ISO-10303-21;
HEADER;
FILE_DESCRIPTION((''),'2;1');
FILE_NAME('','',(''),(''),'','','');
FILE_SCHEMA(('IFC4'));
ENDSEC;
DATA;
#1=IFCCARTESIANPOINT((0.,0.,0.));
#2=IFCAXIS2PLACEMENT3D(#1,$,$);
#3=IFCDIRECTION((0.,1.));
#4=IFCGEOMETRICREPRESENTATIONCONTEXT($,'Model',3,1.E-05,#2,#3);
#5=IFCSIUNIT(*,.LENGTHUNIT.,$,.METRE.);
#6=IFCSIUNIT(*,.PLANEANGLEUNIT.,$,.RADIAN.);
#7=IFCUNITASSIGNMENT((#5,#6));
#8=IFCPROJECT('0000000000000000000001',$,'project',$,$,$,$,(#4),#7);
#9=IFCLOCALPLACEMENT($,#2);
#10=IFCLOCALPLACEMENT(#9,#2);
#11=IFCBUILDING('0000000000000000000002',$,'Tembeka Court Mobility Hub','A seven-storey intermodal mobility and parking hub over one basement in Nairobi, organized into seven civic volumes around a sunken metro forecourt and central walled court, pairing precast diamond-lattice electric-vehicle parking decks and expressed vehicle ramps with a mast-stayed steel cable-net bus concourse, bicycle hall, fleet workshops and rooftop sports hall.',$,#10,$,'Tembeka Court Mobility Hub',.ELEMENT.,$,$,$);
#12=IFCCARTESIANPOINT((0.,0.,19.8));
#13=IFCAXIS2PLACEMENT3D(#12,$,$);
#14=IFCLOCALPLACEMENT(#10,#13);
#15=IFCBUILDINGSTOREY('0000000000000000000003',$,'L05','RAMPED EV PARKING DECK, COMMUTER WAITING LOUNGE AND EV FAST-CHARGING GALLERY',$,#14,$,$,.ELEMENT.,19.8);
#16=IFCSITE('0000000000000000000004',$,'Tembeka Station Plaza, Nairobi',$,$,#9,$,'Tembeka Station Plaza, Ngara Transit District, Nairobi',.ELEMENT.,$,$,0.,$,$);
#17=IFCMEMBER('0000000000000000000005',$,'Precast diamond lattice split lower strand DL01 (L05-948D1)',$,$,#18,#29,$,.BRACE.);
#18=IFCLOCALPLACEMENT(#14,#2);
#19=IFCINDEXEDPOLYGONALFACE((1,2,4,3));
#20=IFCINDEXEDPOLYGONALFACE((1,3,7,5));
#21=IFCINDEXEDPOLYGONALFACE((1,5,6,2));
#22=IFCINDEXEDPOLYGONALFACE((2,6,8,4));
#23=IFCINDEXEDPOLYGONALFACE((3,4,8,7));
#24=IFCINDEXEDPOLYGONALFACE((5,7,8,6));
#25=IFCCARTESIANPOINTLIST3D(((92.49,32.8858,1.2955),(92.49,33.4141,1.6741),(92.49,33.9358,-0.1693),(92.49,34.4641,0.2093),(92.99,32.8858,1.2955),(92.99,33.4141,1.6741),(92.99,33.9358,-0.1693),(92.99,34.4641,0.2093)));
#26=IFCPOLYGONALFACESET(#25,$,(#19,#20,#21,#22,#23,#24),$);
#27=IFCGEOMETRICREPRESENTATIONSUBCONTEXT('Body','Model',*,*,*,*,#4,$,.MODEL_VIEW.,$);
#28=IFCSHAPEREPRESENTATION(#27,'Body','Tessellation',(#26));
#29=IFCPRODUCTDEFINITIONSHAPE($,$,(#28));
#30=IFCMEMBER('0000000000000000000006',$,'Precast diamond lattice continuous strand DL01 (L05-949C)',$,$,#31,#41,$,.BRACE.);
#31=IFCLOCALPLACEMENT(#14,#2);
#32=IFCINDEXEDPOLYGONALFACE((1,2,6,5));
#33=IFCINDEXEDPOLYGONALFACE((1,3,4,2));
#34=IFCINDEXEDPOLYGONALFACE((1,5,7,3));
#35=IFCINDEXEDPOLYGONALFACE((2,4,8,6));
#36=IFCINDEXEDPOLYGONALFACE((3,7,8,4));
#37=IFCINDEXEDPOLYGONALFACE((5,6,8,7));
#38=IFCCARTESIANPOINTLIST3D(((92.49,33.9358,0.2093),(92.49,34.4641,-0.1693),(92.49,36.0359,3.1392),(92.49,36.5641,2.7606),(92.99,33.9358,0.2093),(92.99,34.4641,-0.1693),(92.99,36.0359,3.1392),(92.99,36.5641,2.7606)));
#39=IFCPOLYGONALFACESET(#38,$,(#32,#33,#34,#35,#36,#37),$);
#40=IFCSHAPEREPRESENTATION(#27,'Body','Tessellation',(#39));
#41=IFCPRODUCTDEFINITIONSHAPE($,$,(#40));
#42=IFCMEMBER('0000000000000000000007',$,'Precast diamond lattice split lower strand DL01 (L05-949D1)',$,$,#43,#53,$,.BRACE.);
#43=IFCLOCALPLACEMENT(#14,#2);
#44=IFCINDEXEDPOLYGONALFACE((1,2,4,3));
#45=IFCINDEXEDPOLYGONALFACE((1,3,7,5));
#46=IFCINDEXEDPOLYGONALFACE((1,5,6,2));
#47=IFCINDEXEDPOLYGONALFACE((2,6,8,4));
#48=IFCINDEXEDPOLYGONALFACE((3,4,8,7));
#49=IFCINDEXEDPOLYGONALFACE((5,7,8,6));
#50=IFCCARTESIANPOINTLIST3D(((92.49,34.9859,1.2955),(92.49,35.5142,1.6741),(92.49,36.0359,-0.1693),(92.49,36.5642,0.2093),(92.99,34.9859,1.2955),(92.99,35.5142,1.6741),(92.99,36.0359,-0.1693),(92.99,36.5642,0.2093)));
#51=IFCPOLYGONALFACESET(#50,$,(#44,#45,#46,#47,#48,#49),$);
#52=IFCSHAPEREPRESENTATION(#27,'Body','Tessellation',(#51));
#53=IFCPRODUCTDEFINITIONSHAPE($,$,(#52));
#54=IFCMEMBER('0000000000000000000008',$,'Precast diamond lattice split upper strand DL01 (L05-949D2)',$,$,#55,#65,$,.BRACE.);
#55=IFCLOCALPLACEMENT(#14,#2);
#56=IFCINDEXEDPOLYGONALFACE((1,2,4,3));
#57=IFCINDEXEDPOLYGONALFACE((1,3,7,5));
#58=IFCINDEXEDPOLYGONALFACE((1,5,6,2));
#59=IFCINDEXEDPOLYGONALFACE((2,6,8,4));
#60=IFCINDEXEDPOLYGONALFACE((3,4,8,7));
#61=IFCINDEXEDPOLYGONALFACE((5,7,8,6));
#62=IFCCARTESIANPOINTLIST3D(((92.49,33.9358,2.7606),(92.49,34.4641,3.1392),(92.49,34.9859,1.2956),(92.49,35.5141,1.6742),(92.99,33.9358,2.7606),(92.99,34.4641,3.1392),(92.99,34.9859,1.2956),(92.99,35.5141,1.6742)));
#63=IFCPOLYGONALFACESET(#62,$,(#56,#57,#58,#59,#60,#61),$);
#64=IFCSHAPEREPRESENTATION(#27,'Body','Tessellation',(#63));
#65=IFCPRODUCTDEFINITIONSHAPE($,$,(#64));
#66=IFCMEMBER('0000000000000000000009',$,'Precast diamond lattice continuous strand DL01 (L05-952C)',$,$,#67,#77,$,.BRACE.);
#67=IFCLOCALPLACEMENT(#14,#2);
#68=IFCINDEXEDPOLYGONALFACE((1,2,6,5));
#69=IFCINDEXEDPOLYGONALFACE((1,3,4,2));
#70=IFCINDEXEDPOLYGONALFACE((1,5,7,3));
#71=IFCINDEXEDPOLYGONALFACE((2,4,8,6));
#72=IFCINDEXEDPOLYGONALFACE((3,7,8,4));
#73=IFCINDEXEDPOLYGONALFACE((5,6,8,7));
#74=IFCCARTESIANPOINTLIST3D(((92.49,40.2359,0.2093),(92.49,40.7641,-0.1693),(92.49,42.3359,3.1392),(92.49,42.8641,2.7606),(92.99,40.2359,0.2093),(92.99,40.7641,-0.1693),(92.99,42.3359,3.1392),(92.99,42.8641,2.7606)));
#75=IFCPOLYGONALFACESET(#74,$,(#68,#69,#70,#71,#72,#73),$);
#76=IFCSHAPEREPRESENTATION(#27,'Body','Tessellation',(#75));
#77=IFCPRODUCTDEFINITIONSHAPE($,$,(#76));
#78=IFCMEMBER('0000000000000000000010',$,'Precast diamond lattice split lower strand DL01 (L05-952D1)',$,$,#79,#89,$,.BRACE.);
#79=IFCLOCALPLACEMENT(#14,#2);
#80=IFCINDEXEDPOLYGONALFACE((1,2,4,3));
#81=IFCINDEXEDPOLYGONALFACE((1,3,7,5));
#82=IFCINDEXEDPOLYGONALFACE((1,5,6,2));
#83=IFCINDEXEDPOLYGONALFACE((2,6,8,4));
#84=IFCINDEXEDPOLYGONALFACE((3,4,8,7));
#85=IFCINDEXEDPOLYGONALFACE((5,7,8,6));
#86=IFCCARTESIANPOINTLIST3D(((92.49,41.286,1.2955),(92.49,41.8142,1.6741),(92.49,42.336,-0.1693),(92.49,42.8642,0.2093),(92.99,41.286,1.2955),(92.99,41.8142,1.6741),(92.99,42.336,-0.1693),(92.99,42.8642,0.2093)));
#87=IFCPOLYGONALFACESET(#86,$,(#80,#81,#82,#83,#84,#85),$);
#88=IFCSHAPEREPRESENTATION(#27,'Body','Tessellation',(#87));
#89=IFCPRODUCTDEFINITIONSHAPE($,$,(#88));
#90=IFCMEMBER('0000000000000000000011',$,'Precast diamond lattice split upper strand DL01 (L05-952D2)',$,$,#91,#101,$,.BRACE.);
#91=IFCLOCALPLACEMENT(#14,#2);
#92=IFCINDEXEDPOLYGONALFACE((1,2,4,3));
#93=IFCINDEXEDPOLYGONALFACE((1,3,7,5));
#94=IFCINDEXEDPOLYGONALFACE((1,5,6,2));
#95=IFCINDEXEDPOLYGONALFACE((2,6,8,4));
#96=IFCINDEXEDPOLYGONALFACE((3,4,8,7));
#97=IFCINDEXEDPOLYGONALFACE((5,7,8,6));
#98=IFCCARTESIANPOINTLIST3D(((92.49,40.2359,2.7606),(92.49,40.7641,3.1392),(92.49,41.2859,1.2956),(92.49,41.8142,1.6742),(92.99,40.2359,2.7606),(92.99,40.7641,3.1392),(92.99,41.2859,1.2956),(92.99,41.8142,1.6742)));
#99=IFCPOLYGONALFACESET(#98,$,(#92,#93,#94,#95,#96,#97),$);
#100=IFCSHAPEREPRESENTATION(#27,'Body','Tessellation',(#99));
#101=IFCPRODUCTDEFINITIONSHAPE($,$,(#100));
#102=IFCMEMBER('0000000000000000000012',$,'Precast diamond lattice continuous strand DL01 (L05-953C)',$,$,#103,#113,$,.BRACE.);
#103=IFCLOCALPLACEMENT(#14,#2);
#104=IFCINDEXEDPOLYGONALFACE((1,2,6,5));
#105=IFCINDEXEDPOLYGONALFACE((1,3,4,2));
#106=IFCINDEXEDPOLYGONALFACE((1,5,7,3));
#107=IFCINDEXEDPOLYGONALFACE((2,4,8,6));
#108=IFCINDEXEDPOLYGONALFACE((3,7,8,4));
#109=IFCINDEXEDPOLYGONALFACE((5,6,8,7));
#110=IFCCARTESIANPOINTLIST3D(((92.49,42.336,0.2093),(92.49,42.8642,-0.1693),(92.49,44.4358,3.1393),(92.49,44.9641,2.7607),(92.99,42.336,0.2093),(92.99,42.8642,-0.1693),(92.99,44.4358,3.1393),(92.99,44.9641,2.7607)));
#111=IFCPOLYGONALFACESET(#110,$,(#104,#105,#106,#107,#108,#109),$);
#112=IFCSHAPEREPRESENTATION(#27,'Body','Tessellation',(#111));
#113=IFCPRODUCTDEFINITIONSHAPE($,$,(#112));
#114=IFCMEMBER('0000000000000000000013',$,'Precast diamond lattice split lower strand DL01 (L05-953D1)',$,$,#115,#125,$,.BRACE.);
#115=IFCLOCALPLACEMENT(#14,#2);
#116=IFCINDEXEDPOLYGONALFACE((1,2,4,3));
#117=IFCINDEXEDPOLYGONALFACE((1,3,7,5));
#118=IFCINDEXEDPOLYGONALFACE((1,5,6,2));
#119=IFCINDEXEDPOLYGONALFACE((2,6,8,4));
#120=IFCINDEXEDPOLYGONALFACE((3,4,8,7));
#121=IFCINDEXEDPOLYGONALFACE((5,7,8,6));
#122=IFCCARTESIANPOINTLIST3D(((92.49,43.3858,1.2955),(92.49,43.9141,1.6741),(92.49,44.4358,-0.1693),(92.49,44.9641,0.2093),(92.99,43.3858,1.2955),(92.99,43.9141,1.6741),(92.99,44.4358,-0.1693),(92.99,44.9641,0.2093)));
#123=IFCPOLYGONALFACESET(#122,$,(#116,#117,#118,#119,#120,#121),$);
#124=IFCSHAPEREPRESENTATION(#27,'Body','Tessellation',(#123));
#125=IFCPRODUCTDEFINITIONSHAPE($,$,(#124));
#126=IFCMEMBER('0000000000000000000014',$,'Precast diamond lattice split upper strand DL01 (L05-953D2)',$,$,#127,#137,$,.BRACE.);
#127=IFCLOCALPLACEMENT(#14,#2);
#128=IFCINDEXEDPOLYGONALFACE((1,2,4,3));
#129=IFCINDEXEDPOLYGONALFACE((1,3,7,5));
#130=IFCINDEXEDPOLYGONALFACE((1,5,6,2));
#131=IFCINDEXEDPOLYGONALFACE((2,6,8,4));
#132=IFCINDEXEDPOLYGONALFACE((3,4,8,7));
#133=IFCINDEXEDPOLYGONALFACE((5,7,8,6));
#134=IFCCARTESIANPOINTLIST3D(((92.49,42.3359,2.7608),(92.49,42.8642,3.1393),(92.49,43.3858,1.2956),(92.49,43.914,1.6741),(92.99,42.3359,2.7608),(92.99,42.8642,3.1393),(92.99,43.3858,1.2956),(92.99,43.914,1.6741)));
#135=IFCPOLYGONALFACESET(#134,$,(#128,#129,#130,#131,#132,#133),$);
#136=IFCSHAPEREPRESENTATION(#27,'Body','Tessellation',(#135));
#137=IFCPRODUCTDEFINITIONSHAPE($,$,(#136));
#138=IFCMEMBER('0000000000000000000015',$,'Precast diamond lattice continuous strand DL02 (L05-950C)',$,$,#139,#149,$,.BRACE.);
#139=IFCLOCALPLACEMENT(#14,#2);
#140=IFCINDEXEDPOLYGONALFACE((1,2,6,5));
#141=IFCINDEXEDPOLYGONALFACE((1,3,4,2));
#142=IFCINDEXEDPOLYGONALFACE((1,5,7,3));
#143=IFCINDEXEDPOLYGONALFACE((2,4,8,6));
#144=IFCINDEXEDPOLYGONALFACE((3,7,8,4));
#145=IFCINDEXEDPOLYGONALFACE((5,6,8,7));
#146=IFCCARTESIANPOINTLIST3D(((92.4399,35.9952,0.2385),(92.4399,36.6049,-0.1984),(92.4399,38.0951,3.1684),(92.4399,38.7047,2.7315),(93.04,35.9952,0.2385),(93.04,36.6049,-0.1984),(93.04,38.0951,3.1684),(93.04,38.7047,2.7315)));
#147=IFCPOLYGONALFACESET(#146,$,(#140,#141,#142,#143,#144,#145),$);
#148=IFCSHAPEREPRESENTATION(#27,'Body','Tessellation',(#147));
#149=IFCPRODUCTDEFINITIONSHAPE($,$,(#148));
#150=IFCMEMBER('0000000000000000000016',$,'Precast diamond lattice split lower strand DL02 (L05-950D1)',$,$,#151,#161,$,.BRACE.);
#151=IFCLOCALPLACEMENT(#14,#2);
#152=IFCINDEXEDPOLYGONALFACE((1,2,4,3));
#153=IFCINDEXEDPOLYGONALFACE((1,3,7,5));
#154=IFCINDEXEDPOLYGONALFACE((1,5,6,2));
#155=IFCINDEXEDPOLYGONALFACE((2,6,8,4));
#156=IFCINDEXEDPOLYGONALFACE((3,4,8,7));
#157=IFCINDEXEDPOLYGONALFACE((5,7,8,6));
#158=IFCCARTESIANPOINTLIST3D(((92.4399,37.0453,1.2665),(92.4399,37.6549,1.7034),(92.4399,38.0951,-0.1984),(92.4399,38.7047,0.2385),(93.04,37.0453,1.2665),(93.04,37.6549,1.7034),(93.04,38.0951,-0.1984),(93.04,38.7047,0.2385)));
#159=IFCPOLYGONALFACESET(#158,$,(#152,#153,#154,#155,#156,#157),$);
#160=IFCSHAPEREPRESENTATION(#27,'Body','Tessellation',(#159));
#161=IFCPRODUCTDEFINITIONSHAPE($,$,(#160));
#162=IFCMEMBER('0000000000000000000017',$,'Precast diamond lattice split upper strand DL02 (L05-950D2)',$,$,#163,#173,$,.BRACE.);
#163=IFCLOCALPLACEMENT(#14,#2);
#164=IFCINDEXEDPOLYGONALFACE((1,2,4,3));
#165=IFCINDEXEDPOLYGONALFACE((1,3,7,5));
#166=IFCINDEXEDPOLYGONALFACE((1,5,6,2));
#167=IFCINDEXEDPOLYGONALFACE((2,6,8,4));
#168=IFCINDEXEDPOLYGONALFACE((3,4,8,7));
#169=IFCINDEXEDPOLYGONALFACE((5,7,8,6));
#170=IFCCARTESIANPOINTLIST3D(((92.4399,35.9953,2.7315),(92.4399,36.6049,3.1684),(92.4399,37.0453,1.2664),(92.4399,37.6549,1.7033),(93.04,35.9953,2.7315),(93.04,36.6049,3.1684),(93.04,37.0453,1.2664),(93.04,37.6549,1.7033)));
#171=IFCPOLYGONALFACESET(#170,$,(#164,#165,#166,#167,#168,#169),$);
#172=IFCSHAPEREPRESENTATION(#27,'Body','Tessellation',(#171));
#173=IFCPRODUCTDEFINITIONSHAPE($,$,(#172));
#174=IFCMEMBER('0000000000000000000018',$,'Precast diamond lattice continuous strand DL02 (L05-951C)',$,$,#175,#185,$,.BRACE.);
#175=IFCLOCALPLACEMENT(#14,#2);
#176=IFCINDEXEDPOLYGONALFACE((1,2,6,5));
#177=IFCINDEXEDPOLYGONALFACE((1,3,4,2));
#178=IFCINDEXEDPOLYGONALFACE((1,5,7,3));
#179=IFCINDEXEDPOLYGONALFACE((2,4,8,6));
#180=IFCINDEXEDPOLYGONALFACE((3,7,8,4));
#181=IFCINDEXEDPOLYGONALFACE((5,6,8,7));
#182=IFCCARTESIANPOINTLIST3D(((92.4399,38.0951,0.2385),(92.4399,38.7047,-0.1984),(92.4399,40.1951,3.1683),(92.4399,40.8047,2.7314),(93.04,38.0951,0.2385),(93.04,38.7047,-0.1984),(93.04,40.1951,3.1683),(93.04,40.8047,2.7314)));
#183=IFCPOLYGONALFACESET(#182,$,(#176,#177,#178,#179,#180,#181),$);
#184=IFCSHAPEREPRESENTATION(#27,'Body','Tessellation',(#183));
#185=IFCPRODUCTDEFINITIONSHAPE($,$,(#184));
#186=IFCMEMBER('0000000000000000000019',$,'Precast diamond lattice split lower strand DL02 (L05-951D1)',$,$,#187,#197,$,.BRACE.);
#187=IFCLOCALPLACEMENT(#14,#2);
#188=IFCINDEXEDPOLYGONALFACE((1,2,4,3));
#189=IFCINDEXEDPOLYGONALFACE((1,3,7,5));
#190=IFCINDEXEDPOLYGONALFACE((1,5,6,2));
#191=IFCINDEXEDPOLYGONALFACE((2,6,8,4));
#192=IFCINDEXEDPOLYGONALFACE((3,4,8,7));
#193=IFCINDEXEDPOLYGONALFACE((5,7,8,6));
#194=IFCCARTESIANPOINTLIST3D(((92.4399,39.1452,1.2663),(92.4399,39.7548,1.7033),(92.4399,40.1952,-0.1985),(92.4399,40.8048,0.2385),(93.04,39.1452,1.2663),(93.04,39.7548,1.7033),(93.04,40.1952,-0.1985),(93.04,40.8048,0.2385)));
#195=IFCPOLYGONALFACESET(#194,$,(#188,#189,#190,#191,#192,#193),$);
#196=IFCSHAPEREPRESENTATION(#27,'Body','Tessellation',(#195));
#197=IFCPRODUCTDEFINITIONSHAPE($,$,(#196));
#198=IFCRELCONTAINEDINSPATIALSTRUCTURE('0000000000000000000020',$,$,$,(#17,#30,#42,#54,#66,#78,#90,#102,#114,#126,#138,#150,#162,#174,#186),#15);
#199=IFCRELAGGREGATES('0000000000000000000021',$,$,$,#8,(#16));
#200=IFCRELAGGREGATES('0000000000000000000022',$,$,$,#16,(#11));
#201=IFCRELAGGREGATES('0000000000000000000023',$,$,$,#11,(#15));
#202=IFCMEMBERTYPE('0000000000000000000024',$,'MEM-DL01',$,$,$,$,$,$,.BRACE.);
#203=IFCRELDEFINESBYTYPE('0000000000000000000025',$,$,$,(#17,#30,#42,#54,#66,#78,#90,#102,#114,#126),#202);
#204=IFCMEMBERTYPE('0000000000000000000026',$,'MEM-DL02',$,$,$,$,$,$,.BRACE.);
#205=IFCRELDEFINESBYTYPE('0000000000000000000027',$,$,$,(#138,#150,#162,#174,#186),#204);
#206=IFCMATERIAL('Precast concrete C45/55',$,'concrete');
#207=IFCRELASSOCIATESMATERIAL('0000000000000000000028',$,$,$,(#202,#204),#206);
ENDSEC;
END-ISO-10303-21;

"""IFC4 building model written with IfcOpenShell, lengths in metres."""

from ifc_helpers import new_model, si_unit, direction, frame, origin, origin_2d, place, context, subcontext, project, spatial, rectangle, extrude, material, material_profile, profile_set, type_object, element, save


model = new_model("IFC4")

# Units and contexts
model_context = context("Model", 3, precision=1e-05, world=origin(), true_north=direction((0.0, 1.0)))
body_context = subcontext(model_context, "Body", "Model", "MODEL_VIEW")
ifc_project = project(units=[si_unit("LENGTHUNIT", "METRE"), si_unit("PLANEANGLEUNIT", "RADIAN")], contexts=[model_context])

# Site, building, storey
site_placement = place(None, origin())
site = spatial("IfcSite", under=ifc_project, at=site_placement, Name="Tembeka Station Plaza, Nairobi", LongName="Tembeka Station Plaza, Ngara Transit District, Nairobi", CompositionType="ELEMENT", RefElevation=0.0)
building_placement = place(site_placement, origin())
building = spatial("IfcBuilding", under=site, at=building_placement, Name="Tembeka Court Mobility Hub", Description="A seven-storey intermodal mobility and parking hub over one basement in Nairobi, organized into seven civic volumes around a sunken metro forecourt and central walled court, pairing precast diamond-lattice electric-vehicle parking decks and expressed vehicle ramps with a mast-stayed steel cable-net bus concourse, bicycle hall, fleet workshops and rooftop sports hall.", LongName="Tembeka Court Mobility Hub", CompositionType="ELEMENT")
storey_placement = place(building_placement, frame((0.0, 0.0, 19.8)))
storey = spatial("IfcBuildingStorey", under=building, at=storey_placement, Name="L05", Description="RAMPED EV PARKING DECK, COMMUTER WAITING LOUNGE AND EV FAST-CHARGING GALLERY", CompositionType="ELEMENT", Elevation=19.8)

# Members
ifc_material_1 = material(Name="Precast concrete C45/55", Category="concrete")
ifc_material_profile_1 = material_profile(ifc_material_1, rectangle(XDim=0.5, YDim=0.6499, at=origin_2d()), Name="PC-DIAG 500x650")
ifc_profile_set_1 = profile_set([ifc_material_profile_1], Name="Precast concrete C45/55")
member_type_1 = type_object("IfcMemberType", Name="MEM-DL01", PredefinedType="BRACE", material=ifc_profile_set_1)
member_1_placement = place(storey_placement, frame((92.74, 34.2, 0.02), z_axis=(0.0, -0.582608, 0.812753), x_axis=(1.0, 0.0, 0.0)))
element("IfcMember", 1, at=member_1_placement, inside=storey, type_object=member_type_1, Name="Precast diamond lattice split lower strand DL01 (L05-948D1)", PredefinedType="BRACE", context=body_context, shape_type="SweptSolid", body=[
    extrude(rectangle(XDim=0.5, YDim=0.6499, at=origin_2d()), origin(), (0.0, 0.0, 1.0), 1.8022),
])
member_2_placement = place(storey_placement, frame((92.74, 34.2, 0.02), z_axis=(0.0, 0.582576, 0.812776), x_axis=(-1.0, 0.0, 0.0)))
element("IfcMember", 2, at=member_2_placement, inside=storey, type_object=member_type_1, Name="Precast diamond lattice continuous strand DL01 (L05-949C)", PredefinedType="BRACE", context=body_context, shape_type="SweptSolid", body=[
    extrude(rectangle(XDim=0.5, YDim=0.6499, at=origin_2d()), origin(), (0.0, 0.0, 1.0), 3.6047),
])
member_3_placement = place(storey_placement, frame((92.74, 36.3, 0.02), z_axis=(0.0, -0.582608, 0.812753), x_axis=(1.0, 0.0, 0.0)))
element("IfcMember", 3, at=member_3_placement, inside=storey, type_object=member_type_1, Name="Precast diamond lattice split lower strand DL01 (L05-949D1)", PredefinedType="BRACE", context=body_context, shape_type="SweptSolid", body=[
    extrude(rectangle(XDim=0.5, YDim=0.6499, at=origin_2d()), origin(), (0.0, 0.0, 1.0), 1.8022),
])
member_4_placement = place(storey_placement, frame((92.74, 35.25, 1.4849), z_axis=(0.0, -0.582544, 0.812799), x_axis=(1.0, 0.0, 0.0)))
element("IfcMember", 4, at=member_4_placement, inside=storey, type_object=member_type_1, Name="Precast diamond lattice split upper strand DL01 (L05-949D2)", PredefinedType="BRACE", context=body_context, shape_type="SweptSolid", body=[
    extrude(rectangle(XDim=0.5, YDim=0.6499, at=origin_2d()), origin(), (0.0, 0.0, 1.0), 1.8025),
])
member_5_placement = place(storey_placement, frame((92.74, 40.5, 0.02), z_axis=(0.0, 0.582576, 0.812776), x_axis=(-1.0, 0.0, 0.0)))
element("IfcMember", 5, at=member_5_placement, inside=storey, type_object=member_type_1, Name="Precast diamond lattice continuous strand DL01 (L05-952C)", PredefinedType="BRACE", context=body_context, shape_type="SweptSolid", body=[
    extrude(rectangle(XDim=0.5, YDim=0.6499, at=origin_2d()), origin(), (0.0, 0.0, 1.0), 3.6047),
])
member_6_placement = place(storey_placement, frame((92.74, 42.6001, 0.02), z_axis=(0.0, -0.582608, 0.812753), x_axis=(1.0, 0.0, 0.0)))
element("IfcMember", 6, at=member_6_placement, inside=storey, type_object=member_type_1, Name="Precast diamond lattice split lower strand DL01 (L05-952D1)", PredefinedType="BRACE", context=body_context, shape_type="SweptSolid", body=[
    extrude(rectangle(XDim=0.5, YDim=0.6499, at=origin_2d()), origin(), (0.0, 0.0, 1.0), 1.8022),
])
member_7_placement = place(storey_placement, frame((92.74, 41.55, 1.4849), z_axis=(0.0, -0.582544, 0.812799), x_axis=(1.0, 0.0, 0.0)))
element("IfcMember", 7, at=member_7_placement, inside=storey, type_object=member_type_1, Name="Precast diamond lattice split upper strand DL01 (L05-952D2)", PredefinedType="BRACE", context=body_context, shape_type="SweptSolid", body=[
    extrude(rectangle(XDim=0.5, YDim=0.6499, at=origin_2d()), origin(), (0.0, 0.0, 1.0), 1.8025),
])
member_8_placement = place(storey_placement, frame((92.74, 42.6001, 0.02), z_axis=(0.0, 0.582532, 0.812808), x_axis=(-1.0, 0.0, 0.0)))
element("IfcMember", 8, at=member_8_placement, inside=storey, type_object=member_type_1, Name="Precast diamond lattice continuous strand DL01 (L05-953C)", PredefinedType="BRACE", context=body_context, shape_type="SweptSolid", body=[
    extrude(rectangle(XDim=0.5, YDim=0.6499, at=origin_2d()), origin(), (0.0, 0.0, 1.0), 3.6047),
])
member_9_placement = place(storey_placement, frame((92.74, 44.7, 0.02), z_axis=(0.0, -0.582608, 0.812753), x_axis=(1.0, 0.0, 0.0)))
element("IfcMember", 9, at=member_9_placement, inside=storey, type_object=member_type_1, Name="Precast diamond lattice split lower strand DL01 (L05-953D1)", PredefinedType="BRACE", context=body_context, shape_type="SweptSolid", body=[
    extrude(rectangle(XDim=0.5, YDim=0.6499, at=origin_2d()), origin(), (0.0, 0.0, 1.0), 1.8022),
])
member_10_placement = place(storey_placement, frame((92.74, 43.6499, 1.4849), z_axis=(0.0, -0.582455, 0.812863), x_axis=(1.0, 0.0, 0.0)))
element("IfcMember", 10, at=member_10_placement, inside=storey, type_object=member_type_1, Name="Precast diamond lattice split upper strand DL01 (L05-953D2)", PredefinedType="BRACE", context=body_context, shape_type="SweptSolid", body=[
    extrude(rectangle(XDim=0.5, YDim=0.6499, at=origin_2d()), origin(), (0.0, 0.0, 1.0), 1.8025),
])
ifc_material_profile_2 = material_profile(ifc_material_1, rectangle(XDim=0.6001, YDim=0.75, at=origin_2d()), Name="PC-DIAG 600x750")
ifc_profile_set_2 = profile_set([ifc_material_profile_2], Name="Precast concrete C45/55")
member_type_2 = type_object("IfcMemberType", Name="MEM-DL02", PredefinedType="BRACE", material=ifc_profile_set_2)
member_11_placement = place(storey_placement, frame((92.74, 36.3, 0.02), z_axis=(0.0, 0.582532, 0.812808), x_axis=(-1.0, 0.0, 0.0)))
element("IfcMember", 11, at=member_11_placement, inside=storey, type_object=member_type_2, Name="Precast diamond lattice continuous strand DL02 (L05-950C)", PredefinedType="BRACE", context=body_context, shape_type="SweptSolid", body=[
    extrude(rectangle(XDim=0.6001, YDim=0.75, at=origin_2d()), origin(), (0.0, 0.0, 1.0), 3.6047),
])
member_12_placement = place(storey_placement, frame((92.74, 38.3999, 0.02), z_axis=(0.0, -0.582519, 0.812817), x_axis=(1.0, 0.0, 0.0)))
element("IfcMember", 12, at=member_12_placement, inside=storey, type_object=member_type_2, Name="Precast diamond lattice split lower strand DL02 (L05-950D1)", PredefinedType="BRACE", context=body_context, shape_type="SweptSolid", body=[
    extrude(rectangle(XDim=0.6001, YDim=0.75, at=origin_2d()), origin(), (0.0, 0.0, 1.0), 1.8022),
])
member_13_placement = place(storey_placement, frame((92.74, 37.3501, 1.4849), z_axis=(0.0, -0.582544, 0.812799), x_axis=(1.0, 0.0, 0.0)))
element("IfcMember", 13, at=member_13_placement, inside=storey, type_object=member_type_2, Name="Precast diamond lattice split upper strand DL02 (L05-950D2)", PredefinedType="BRACE", context=body_context, shape_type="SweptSolid", body=[
    extrude(rectangle(XDim=0.6001, YDim=0.75, at=origin_2d()), origin(), (0.0, 0.0, 1.0), 1.8025),
])
member_14_placement = place(storey_placement, frame((92.74, 38.3999, 0.02), z_axis=(0.0, 0.582576, 0.812776), x_axis=(-1.0, 0.0, 0.0)))
element("IfcMember", 14, at=member_14_placement, inside=storey, type_object=member_type_2, Name="Precast diamond lattice continuous strand DL02 (L05-951C)", PredefinedType="BRACE", context=body_context, shape_type="SweptSolid", body=[
    extrude(rectangle(XDim=0.6001, YDim=0.75, at=origin_2d()), origin(), (0.0, 0.0, 1.0), 3.6047),
])
member_15_placement = place(storey_placement, frame((92.74, 40.5, 0.02), z_axis=(0.0, -0.582608, 0.812753), x_axis=(1.0, 0.0, 0.0)))
element("IfcMember", 15, at=member_15_placement, inside=storey, type_object=member_type_2, Name="Precast diamond lattice split lower strand DL02 (L05-951D1)", PredefinedType="BRACE", context=body_context, shape_type="SweptSolid", body=[
    extrude(rectangle(XDim=0.6001, YDim=0.75, at=origin_2d()), origin(), (0.0, 0.0, 1.0), 1.8022),
])

save(model, "model.ifc")
